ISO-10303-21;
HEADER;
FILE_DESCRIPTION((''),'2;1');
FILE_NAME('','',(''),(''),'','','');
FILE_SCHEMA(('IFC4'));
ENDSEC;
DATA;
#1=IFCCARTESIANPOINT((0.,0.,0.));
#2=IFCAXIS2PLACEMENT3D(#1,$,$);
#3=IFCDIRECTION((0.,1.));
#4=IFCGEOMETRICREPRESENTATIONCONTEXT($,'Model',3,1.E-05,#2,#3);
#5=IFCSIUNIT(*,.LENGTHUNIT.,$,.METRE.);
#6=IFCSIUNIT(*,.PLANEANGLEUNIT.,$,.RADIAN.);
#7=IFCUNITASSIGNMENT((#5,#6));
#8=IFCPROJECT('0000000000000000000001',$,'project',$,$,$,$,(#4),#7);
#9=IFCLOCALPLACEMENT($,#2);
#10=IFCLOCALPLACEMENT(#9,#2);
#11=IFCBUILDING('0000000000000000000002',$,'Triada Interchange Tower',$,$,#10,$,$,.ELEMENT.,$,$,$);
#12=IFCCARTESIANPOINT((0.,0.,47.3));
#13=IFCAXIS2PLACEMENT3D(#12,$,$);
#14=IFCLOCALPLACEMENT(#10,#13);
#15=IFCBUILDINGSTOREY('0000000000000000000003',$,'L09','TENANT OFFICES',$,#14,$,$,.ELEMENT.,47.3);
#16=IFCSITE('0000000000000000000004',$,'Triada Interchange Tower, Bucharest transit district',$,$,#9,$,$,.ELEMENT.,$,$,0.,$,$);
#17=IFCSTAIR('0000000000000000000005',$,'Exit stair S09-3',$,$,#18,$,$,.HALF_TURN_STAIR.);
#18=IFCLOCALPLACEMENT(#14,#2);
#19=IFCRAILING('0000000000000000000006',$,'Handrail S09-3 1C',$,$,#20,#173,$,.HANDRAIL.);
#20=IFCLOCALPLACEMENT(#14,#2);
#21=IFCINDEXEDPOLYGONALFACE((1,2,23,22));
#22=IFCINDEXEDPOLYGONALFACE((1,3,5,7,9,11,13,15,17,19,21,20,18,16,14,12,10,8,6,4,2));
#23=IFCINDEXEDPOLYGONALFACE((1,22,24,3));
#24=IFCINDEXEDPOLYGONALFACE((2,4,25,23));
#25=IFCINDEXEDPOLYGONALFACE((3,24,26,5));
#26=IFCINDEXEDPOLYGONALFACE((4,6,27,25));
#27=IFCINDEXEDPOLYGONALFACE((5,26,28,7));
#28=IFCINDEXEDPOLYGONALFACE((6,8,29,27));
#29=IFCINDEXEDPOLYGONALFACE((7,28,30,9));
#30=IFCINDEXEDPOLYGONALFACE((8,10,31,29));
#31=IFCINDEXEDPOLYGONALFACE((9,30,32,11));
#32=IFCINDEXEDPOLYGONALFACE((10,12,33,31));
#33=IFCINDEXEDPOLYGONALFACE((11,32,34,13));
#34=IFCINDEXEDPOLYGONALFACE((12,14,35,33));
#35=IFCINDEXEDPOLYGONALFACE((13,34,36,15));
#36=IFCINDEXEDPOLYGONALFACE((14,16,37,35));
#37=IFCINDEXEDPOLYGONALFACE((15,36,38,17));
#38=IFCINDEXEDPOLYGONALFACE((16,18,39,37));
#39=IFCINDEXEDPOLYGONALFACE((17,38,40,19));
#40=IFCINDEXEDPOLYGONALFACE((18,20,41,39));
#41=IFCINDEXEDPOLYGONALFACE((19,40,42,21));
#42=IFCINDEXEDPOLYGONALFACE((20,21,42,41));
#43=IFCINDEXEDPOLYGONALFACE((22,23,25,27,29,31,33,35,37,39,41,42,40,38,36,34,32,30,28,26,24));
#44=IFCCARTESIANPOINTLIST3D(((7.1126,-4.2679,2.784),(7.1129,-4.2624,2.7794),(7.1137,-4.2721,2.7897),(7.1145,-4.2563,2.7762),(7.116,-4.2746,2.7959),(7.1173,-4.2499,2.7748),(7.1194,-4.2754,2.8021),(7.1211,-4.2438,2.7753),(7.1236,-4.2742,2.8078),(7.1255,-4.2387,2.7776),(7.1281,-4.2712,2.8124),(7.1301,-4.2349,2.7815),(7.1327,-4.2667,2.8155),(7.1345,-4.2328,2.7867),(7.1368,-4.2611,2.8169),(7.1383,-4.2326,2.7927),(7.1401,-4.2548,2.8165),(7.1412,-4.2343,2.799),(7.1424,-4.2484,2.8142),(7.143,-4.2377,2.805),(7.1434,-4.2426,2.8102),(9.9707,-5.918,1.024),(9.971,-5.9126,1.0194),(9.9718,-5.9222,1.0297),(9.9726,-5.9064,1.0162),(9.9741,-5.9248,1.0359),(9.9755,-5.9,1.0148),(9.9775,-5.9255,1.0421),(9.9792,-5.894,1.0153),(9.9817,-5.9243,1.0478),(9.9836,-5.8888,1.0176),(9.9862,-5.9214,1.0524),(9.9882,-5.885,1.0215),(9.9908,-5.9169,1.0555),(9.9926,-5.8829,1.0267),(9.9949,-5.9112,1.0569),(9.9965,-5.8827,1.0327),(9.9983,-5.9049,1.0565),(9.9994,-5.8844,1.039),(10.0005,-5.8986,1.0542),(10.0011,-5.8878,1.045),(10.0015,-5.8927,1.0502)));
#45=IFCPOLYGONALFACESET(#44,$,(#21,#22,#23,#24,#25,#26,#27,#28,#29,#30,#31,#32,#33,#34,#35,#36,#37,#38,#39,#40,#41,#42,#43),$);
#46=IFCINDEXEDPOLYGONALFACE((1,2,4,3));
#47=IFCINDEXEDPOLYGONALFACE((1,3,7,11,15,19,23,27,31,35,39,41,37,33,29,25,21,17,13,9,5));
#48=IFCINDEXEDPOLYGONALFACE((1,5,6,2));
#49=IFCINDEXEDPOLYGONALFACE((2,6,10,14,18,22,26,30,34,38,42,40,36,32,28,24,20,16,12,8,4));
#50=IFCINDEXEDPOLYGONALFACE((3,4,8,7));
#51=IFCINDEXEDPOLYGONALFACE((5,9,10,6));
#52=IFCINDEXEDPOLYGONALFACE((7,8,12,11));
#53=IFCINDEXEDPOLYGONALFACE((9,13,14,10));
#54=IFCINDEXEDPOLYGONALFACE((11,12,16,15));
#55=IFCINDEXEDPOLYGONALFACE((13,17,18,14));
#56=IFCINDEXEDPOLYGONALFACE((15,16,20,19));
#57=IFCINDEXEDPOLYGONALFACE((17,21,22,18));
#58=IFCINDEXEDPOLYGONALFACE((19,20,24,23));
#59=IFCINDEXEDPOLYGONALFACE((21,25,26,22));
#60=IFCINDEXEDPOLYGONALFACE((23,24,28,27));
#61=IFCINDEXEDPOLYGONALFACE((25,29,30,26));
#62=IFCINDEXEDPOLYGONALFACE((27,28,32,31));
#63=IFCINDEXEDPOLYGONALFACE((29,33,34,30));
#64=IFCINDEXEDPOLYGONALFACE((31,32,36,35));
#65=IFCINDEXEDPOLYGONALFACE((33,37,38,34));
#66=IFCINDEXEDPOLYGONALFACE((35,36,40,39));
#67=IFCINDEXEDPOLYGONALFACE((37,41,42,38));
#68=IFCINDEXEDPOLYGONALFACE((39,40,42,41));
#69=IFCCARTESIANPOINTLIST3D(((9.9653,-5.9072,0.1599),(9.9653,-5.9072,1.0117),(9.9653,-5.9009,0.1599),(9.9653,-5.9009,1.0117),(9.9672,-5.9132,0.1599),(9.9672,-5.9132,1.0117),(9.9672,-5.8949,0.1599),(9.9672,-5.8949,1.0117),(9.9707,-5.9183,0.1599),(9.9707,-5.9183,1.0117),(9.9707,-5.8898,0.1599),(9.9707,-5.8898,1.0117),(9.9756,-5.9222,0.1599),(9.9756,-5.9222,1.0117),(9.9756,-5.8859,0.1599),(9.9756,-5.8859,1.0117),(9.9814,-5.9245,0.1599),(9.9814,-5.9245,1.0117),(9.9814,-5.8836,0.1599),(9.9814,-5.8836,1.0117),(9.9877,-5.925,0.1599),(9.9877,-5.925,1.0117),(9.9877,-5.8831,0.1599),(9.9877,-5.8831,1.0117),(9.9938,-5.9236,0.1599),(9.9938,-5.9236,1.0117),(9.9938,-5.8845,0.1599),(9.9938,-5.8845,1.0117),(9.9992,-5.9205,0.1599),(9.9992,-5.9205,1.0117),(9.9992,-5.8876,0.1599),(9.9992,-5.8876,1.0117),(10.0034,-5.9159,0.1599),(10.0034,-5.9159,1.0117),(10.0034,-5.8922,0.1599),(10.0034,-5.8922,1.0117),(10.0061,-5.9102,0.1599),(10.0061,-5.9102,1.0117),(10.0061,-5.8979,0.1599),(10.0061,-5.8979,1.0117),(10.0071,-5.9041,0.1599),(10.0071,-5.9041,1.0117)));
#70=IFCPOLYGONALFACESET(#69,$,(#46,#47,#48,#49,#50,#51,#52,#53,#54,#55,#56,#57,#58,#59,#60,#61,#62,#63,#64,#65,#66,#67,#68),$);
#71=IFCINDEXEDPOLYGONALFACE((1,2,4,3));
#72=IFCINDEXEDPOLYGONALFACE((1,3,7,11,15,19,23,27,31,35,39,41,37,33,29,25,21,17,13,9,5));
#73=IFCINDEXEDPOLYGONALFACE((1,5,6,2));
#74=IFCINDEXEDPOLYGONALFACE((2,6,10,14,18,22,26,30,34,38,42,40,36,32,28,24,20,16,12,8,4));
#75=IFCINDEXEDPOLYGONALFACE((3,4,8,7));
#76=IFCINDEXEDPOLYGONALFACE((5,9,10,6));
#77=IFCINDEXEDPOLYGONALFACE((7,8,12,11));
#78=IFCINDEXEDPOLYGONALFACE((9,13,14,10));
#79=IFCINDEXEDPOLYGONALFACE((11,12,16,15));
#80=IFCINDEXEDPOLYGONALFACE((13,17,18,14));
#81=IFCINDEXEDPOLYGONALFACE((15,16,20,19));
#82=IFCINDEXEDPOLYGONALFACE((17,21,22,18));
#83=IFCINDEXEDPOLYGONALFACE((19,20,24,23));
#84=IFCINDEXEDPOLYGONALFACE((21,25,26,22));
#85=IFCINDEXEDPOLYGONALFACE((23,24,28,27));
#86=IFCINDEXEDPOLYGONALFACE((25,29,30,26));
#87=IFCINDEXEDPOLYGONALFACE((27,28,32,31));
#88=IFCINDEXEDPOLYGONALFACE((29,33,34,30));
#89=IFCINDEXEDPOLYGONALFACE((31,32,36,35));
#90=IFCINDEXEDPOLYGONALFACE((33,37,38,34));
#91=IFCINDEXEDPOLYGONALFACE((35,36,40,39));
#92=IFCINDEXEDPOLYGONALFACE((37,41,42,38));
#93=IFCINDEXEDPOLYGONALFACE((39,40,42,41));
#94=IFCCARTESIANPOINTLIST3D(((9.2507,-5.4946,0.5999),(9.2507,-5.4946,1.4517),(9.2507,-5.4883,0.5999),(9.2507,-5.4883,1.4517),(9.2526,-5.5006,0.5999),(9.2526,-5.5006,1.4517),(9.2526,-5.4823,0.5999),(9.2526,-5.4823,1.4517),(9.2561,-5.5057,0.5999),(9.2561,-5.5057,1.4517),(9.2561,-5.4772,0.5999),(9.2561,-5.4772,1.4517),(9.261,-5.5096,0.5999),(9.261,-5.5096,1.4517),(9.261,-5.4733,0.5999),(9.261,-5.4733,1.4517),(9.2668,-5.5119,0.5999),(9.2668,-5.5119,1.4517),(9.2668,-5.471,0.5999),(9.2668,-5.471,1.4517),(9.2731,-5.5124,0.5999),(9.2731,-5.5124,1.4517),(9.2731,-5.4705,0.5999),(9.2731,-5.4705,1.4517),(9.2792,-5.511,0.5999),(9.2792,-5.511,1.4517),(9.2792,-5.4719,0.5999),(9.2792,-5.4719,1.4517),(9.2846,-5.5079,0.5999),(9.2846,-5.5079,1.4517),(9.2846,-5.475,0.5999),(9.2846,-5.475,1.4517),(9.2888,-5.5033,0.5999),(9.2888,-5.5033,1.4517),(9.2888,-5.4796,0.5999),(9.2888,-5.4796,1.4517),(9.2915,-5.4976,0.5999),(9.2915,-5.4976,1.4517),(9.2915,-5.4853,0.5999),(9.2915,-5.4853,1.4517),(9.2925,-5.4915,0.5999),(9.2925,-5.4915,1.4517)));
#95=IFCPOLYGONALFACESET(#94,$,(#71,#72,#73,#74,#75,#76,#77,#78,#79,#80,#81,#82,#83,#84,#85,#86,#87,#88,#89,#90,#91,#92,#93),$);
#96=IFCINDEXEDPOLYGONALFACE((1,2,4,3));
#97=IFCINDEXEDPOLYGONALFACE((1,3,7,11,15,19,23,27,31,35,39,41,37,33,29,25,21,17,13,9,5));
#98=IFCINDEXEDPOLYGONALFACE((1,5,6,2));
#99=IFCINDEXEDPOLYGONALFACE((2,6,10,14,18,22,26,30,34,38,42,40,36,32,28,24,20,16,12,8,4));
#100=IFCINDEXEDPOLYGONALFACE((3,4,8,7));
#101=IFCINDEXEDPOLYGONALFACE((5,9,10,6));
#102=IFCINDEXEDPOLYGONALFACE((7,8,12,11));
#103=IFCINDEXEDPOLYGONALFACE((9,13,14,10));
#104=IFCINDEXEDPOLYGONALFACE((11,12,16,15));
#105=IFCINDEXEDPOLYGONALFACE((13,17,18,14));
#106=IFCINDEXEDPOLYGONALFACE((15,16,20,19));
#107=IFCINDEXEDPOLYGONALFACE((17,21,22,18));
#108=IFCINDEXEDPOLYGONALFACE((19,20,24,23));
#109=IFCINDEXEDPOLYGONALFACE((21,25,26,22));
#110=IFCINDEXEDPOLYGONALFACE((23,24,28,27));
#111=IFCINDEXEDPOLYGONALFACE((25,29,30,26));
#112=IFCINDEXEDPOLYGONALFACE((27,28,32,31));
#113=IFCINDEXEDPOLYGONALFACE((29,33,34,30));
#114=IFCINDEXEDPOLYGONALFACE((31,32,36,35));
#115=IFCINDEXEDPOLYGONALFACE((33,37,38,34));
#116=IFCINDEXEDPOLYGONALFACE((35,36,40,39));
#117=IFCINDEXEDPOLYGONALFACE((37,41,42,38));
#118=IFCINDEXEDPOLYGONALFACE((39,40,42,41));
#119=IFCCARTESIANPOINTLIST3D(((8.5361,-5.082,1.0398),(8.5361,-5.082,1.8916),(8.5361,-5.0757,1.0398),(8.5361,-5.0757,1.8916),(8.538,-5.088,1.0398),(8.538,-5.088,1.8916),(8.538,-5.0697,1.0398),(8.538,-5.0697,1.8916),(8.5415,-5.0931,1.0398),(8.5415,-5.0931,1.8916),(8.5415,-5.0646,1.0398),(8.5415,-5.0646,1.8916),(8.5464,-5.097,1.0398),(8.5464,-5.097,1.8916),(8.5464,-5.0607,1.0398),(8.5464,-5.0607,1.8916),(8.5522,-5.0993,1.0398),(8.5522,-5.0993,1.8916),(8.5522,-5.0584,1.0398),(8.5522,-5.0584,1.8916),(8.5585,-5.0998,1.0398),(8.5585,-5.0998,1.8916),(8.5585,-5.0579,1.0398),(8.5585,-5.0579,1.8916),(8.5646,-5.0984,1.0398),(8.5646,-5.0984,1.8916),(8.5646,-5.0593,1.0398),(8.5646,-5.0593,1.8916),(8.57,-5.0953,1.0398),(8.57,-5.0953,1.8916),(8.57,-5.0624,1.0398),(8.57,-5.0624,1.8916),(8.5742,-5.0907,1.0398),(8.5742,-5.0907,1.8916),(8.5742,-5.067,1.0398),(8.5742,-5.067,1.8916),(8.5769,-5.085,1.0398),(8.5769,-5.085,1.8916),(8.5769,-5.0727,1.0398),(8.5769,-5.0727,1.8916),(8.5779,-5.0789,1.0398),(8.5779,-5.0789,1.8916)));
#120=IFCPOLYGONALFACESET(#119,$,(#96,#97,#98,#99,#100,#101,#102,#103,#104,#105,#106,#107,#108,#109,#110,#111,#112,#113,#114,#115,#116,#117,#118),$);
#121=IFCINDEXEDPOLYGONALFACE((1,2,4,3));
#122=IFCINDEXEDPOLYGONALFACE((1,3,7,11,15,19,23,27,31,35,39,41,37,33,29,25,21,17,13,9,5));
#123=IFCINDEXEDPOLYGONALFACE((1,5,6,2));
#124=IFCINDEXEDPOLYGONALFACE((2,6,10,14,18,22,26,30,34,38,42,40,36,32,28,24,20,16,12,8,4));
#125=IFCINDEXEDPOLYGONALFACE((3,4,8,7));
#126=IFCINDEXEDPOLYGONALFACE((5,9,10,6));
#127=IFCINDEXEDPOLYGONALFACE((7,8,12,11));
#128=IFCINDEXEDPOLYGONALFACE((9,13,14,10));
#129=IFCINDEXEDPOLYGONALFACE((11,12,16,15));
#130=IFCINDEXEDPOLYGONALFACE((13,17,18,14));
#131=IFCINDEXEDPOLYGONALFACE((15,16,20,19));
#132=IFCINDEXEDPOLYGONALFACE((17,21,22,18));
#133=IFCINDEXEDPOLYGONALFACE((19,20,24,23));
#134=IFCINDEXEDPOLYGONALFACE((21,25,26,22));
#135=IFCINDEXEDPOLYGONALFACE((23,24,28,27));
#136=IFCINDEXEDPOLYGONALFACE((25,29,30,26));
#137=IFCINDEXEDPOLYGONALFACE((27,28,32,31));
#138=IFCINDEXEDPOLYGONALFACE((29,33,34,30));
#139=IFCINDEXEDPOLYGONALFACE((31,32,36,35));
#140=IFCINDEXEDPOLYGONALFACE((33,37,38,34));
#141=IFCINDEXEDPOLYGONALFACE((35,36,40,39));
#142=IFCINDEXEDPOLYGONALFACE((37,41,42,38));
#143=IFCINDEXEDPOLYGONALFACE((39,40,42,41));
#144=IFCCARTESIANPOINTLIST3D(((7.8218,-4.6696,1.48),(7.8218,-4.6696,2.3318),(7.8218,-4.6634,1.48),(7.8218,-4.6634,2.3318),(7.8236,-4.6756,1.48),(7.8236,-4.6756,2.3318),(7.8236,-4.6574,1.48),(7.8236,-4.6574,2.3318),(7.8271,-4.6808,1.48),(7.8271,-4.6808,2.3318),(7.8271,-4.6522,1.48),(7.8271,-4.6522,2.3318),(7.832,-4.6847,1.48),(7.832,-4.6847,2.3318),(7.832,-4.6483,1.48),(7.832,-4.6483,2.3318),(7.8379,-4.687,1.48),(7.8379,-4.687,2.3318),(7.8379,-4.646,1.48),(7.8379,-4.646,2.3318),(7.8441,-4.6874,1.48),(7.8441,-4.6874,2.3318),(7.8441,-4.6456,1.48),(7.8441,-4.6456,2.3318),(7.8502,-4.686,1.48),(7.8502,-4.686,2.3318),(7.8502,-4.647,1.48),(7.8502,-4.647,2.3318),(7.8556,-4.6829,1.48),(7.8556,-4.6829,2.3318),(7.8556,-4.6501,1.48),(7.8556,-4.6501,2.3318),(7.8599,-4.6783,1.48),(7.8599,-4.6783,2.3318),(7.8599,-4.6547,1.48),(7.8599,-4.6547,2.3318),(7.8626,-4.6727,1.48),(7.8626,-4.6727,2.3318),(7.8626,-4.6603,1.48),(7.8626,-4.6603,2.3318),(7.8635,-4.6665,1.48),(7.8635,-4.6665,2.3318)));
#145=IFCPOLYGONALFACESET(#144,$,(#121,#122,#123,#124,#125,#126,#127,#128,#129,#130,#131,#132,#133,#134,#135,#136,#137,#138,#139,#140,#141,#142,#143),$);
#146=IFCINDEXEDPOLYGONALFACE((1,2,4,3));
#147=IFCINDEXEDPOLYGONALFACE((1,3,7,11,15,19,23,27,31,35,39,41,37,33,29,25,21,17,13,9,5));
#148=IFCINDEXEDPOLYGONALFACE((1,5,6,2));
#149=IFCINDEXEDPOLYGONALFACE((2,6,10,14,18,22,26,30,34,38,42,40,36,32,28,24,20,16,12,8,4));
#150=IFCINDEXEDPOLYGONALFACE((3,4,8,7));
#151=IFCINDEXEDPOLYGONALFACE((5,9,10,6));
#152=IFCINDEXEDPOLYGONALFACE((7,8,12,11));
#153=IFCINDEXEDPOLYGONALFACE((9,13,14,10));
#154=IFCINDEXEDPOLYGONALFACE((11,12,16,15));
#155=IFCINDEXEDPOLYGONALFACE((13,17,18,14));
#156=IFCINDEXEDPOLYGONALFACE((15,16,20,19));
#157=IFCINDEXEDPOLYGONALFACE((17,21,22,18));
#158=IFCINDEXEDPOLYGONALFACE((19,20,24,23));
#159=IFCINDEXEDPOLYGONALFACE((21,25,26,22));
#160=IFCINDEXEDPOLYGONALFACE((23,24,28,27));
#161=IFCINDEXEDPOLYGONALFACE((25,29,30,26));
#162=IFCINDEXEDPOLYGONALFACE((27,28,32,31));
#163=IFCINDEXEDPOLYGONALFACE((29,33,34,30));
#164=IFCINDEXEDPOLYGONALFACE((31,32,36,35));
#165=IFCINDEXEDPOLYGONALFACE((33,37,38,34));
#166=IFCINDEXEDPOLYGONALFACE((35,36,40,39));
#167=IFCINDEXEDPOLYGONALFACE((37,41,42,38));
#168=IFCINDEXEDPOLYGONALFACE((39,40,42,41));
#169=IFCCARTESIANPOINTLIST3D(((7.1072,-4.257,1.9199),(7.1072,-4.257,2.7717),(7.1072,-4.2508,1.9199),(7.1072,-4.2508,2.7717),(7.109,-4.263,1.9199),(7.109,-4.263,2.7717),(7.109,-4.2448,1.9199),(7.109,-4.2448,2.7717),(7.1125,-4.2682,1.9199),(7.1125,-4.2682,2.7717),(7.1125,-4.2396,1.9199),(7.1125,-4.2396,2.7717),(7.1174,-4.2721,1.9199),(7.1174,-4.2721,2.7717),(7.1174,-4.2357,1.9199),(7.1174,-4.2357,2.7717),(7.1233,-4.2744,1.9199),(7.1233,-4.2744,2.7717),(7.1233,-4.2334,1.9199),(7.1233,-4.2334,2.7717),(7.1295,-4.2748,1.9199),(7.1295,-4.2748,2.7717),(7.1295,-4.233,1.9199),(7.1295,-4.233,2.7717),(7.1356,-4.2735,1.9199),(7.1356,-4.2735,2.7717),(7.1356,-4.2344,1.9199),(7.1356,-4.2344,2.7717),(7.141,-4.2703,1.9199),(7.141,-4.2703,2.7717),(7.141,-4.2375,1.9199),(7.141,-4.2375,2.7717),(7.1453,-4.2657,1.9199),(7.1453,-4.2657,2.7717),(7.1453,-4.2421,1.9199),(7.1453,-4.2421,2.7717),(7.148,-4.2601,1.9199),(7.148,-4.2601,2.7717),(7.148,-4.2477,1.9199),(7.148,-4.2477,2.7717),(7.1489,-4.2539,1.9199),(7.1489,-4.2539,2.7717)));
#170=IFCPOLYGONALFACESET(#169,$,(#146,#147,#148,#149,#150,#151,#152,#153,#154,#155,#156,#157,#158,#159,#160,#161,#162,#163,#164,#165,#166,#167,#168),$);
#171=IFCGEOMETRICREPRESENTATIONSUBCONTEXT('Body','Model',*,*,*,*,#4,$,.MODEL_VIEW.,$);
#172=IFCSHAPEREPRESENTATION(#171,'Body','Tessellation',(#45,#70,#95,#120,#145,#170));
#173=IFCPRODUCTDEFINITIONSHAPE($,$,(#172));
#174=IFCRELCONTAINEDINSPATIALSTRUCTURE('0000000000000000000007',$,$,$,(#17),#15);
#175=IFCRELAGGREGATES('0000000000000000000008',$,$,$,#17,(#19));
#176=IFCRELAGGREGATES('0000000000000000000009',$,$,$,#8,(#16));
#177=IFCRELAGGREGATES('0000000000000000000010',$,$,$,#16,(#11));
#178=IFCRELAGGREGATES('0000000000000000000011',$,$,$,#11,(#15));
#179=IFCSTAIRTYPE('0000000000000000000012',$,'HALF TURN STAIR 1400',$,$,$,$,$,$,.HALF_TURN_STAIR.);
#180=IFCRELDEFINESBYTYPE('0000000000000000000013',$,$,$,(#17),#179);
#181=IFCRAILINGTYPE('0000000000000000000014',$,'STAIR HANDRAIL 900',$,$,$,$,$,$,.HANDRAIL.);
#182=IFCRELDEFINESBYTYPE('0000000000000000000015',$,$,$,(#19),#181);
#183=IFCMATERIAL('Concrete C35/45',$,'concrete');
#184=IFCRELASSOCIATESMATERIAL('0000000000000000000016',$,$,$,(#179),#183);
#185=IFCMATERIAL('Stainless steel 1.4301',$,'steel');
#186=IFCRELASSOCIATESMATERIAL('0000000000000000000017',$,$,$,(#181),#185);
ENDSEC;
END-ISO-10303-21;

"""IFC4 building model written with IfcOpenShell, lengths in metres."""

from ifc_helpers import new_model, si_unit, direction, frame, origin, origin_2d, place, context, subcontext, project, spatial, circle, extrude, material, type_object, element, aggregate, save


model = new_model("IFC4")

# Units and contexts
model_context = context("Model", 3, precision=1e-05, world=origin(), true_north=direction((0.0, 1.0)))
body_context = subcontext(model_context, "Body", "Model", "MODEL_VIEW")
ifc_project = project(units=[si_unit("LENGTHUNIT", "METRE"), si_unit("PLANEANGLEUNIT", "RADIAN")], contexts=[model_context])

# Site, building, storey
site_placement = place(None, origin())
site = spatial("IfcSite", under=ifc_project, at=site_placement, Name="Triada Interchange Tower, Bucharest transit district", CompositionType="ELEMENT", RefElevation=0.0)
building_placement = place(site_placement, origin())
building = spatial("IfcBuilding", under=site, at=building_placement, Name="Triada Interchange Tower", CompositionType="ELEMENT")
storey_placement = place(building_placement, frame((0.0, 0.0, 47.3)))
storey = spatial("IfcBuildingStorey", under=building, at=storey_placement, Name="L09", Description="TENANT OFFICES", CompositionType="ELEMENT", Elevation=47.3)

# Stair, railing
ifc_material_1 = material(Name="Concrete C35/45", Category="concrete")
stair_type = type_object("IfcStairType", Name="HALF TURN STAIR 1400", PredefinedType="HALF_TURN_STAIR", material=ifc_material_1)
stair_placement = place(storey_placement, origin())
stair = element("IfcStair", 1, at=stair_placement, inside=storey, type_object=stair_type, Name="Exit stair S09-3", PredefinedType="HALF_TURN_STAIR")
ifc_material_2 = material(Name="Stainless steel 1.4301", Category="steel")
railing_type = type_object("IfcRailingType", Name="STAIR HANDRAIL 900", PredefinedType="HANDRAIL", material=ifc_material_2)
railing_1_placement = place(storey_placement, frame((9.9861, -5.9041, 0.1599)))
railing_1 = element("IfcRailing", 2, at=railing_1_placement, type_object=railing_type, Name="Handrail S09-3 1C", PredefinedType="HANDRAIL", context=body_context, shape_type="SweptSolid", body=[
    extrude(circle(Radius=0.0239, at=origin_2d()), frame((0.0, 0.0, 0.876), z_axis=(-0.764156, 0.441183, 0.470556), x_axis=(-0.499998, -0.866027, 0.0)), (0.0, 0.0, 1.0), 3.7402),
    extrude(circle(Radius=0.021, at=origin_2d()), origin(), (0.0, 0.0, 1.0), 0.8518),
    extrude(circle(Radius=0.021, at=origin_2d()), frame((-0.7146, 0.4126, 0.4399)), (0.0, 0.0, 1.0), 0.8518),
    extrude(circle(Radius=0.021, at=origin_2d()), frame((-1.4292, 0.8252, 0.8799)), (0.0, 0.0, 1.0), 0.8518),
    extrude(circle(Radius=0.021, at=origin_2d()), frame((-2.1436, 1.2375, 1.3201)), (0.0, 0.0, 1.0), 0.8518),
    extrude(circle(Radius=0.021, at=origin_2d()), frame((-2.8582, 1.6501, 1.76)), (0.0, 0.0, 1.0), 0.8518),
])
aggregate(stair, [railing_1])

save(model, "model.ifc")
